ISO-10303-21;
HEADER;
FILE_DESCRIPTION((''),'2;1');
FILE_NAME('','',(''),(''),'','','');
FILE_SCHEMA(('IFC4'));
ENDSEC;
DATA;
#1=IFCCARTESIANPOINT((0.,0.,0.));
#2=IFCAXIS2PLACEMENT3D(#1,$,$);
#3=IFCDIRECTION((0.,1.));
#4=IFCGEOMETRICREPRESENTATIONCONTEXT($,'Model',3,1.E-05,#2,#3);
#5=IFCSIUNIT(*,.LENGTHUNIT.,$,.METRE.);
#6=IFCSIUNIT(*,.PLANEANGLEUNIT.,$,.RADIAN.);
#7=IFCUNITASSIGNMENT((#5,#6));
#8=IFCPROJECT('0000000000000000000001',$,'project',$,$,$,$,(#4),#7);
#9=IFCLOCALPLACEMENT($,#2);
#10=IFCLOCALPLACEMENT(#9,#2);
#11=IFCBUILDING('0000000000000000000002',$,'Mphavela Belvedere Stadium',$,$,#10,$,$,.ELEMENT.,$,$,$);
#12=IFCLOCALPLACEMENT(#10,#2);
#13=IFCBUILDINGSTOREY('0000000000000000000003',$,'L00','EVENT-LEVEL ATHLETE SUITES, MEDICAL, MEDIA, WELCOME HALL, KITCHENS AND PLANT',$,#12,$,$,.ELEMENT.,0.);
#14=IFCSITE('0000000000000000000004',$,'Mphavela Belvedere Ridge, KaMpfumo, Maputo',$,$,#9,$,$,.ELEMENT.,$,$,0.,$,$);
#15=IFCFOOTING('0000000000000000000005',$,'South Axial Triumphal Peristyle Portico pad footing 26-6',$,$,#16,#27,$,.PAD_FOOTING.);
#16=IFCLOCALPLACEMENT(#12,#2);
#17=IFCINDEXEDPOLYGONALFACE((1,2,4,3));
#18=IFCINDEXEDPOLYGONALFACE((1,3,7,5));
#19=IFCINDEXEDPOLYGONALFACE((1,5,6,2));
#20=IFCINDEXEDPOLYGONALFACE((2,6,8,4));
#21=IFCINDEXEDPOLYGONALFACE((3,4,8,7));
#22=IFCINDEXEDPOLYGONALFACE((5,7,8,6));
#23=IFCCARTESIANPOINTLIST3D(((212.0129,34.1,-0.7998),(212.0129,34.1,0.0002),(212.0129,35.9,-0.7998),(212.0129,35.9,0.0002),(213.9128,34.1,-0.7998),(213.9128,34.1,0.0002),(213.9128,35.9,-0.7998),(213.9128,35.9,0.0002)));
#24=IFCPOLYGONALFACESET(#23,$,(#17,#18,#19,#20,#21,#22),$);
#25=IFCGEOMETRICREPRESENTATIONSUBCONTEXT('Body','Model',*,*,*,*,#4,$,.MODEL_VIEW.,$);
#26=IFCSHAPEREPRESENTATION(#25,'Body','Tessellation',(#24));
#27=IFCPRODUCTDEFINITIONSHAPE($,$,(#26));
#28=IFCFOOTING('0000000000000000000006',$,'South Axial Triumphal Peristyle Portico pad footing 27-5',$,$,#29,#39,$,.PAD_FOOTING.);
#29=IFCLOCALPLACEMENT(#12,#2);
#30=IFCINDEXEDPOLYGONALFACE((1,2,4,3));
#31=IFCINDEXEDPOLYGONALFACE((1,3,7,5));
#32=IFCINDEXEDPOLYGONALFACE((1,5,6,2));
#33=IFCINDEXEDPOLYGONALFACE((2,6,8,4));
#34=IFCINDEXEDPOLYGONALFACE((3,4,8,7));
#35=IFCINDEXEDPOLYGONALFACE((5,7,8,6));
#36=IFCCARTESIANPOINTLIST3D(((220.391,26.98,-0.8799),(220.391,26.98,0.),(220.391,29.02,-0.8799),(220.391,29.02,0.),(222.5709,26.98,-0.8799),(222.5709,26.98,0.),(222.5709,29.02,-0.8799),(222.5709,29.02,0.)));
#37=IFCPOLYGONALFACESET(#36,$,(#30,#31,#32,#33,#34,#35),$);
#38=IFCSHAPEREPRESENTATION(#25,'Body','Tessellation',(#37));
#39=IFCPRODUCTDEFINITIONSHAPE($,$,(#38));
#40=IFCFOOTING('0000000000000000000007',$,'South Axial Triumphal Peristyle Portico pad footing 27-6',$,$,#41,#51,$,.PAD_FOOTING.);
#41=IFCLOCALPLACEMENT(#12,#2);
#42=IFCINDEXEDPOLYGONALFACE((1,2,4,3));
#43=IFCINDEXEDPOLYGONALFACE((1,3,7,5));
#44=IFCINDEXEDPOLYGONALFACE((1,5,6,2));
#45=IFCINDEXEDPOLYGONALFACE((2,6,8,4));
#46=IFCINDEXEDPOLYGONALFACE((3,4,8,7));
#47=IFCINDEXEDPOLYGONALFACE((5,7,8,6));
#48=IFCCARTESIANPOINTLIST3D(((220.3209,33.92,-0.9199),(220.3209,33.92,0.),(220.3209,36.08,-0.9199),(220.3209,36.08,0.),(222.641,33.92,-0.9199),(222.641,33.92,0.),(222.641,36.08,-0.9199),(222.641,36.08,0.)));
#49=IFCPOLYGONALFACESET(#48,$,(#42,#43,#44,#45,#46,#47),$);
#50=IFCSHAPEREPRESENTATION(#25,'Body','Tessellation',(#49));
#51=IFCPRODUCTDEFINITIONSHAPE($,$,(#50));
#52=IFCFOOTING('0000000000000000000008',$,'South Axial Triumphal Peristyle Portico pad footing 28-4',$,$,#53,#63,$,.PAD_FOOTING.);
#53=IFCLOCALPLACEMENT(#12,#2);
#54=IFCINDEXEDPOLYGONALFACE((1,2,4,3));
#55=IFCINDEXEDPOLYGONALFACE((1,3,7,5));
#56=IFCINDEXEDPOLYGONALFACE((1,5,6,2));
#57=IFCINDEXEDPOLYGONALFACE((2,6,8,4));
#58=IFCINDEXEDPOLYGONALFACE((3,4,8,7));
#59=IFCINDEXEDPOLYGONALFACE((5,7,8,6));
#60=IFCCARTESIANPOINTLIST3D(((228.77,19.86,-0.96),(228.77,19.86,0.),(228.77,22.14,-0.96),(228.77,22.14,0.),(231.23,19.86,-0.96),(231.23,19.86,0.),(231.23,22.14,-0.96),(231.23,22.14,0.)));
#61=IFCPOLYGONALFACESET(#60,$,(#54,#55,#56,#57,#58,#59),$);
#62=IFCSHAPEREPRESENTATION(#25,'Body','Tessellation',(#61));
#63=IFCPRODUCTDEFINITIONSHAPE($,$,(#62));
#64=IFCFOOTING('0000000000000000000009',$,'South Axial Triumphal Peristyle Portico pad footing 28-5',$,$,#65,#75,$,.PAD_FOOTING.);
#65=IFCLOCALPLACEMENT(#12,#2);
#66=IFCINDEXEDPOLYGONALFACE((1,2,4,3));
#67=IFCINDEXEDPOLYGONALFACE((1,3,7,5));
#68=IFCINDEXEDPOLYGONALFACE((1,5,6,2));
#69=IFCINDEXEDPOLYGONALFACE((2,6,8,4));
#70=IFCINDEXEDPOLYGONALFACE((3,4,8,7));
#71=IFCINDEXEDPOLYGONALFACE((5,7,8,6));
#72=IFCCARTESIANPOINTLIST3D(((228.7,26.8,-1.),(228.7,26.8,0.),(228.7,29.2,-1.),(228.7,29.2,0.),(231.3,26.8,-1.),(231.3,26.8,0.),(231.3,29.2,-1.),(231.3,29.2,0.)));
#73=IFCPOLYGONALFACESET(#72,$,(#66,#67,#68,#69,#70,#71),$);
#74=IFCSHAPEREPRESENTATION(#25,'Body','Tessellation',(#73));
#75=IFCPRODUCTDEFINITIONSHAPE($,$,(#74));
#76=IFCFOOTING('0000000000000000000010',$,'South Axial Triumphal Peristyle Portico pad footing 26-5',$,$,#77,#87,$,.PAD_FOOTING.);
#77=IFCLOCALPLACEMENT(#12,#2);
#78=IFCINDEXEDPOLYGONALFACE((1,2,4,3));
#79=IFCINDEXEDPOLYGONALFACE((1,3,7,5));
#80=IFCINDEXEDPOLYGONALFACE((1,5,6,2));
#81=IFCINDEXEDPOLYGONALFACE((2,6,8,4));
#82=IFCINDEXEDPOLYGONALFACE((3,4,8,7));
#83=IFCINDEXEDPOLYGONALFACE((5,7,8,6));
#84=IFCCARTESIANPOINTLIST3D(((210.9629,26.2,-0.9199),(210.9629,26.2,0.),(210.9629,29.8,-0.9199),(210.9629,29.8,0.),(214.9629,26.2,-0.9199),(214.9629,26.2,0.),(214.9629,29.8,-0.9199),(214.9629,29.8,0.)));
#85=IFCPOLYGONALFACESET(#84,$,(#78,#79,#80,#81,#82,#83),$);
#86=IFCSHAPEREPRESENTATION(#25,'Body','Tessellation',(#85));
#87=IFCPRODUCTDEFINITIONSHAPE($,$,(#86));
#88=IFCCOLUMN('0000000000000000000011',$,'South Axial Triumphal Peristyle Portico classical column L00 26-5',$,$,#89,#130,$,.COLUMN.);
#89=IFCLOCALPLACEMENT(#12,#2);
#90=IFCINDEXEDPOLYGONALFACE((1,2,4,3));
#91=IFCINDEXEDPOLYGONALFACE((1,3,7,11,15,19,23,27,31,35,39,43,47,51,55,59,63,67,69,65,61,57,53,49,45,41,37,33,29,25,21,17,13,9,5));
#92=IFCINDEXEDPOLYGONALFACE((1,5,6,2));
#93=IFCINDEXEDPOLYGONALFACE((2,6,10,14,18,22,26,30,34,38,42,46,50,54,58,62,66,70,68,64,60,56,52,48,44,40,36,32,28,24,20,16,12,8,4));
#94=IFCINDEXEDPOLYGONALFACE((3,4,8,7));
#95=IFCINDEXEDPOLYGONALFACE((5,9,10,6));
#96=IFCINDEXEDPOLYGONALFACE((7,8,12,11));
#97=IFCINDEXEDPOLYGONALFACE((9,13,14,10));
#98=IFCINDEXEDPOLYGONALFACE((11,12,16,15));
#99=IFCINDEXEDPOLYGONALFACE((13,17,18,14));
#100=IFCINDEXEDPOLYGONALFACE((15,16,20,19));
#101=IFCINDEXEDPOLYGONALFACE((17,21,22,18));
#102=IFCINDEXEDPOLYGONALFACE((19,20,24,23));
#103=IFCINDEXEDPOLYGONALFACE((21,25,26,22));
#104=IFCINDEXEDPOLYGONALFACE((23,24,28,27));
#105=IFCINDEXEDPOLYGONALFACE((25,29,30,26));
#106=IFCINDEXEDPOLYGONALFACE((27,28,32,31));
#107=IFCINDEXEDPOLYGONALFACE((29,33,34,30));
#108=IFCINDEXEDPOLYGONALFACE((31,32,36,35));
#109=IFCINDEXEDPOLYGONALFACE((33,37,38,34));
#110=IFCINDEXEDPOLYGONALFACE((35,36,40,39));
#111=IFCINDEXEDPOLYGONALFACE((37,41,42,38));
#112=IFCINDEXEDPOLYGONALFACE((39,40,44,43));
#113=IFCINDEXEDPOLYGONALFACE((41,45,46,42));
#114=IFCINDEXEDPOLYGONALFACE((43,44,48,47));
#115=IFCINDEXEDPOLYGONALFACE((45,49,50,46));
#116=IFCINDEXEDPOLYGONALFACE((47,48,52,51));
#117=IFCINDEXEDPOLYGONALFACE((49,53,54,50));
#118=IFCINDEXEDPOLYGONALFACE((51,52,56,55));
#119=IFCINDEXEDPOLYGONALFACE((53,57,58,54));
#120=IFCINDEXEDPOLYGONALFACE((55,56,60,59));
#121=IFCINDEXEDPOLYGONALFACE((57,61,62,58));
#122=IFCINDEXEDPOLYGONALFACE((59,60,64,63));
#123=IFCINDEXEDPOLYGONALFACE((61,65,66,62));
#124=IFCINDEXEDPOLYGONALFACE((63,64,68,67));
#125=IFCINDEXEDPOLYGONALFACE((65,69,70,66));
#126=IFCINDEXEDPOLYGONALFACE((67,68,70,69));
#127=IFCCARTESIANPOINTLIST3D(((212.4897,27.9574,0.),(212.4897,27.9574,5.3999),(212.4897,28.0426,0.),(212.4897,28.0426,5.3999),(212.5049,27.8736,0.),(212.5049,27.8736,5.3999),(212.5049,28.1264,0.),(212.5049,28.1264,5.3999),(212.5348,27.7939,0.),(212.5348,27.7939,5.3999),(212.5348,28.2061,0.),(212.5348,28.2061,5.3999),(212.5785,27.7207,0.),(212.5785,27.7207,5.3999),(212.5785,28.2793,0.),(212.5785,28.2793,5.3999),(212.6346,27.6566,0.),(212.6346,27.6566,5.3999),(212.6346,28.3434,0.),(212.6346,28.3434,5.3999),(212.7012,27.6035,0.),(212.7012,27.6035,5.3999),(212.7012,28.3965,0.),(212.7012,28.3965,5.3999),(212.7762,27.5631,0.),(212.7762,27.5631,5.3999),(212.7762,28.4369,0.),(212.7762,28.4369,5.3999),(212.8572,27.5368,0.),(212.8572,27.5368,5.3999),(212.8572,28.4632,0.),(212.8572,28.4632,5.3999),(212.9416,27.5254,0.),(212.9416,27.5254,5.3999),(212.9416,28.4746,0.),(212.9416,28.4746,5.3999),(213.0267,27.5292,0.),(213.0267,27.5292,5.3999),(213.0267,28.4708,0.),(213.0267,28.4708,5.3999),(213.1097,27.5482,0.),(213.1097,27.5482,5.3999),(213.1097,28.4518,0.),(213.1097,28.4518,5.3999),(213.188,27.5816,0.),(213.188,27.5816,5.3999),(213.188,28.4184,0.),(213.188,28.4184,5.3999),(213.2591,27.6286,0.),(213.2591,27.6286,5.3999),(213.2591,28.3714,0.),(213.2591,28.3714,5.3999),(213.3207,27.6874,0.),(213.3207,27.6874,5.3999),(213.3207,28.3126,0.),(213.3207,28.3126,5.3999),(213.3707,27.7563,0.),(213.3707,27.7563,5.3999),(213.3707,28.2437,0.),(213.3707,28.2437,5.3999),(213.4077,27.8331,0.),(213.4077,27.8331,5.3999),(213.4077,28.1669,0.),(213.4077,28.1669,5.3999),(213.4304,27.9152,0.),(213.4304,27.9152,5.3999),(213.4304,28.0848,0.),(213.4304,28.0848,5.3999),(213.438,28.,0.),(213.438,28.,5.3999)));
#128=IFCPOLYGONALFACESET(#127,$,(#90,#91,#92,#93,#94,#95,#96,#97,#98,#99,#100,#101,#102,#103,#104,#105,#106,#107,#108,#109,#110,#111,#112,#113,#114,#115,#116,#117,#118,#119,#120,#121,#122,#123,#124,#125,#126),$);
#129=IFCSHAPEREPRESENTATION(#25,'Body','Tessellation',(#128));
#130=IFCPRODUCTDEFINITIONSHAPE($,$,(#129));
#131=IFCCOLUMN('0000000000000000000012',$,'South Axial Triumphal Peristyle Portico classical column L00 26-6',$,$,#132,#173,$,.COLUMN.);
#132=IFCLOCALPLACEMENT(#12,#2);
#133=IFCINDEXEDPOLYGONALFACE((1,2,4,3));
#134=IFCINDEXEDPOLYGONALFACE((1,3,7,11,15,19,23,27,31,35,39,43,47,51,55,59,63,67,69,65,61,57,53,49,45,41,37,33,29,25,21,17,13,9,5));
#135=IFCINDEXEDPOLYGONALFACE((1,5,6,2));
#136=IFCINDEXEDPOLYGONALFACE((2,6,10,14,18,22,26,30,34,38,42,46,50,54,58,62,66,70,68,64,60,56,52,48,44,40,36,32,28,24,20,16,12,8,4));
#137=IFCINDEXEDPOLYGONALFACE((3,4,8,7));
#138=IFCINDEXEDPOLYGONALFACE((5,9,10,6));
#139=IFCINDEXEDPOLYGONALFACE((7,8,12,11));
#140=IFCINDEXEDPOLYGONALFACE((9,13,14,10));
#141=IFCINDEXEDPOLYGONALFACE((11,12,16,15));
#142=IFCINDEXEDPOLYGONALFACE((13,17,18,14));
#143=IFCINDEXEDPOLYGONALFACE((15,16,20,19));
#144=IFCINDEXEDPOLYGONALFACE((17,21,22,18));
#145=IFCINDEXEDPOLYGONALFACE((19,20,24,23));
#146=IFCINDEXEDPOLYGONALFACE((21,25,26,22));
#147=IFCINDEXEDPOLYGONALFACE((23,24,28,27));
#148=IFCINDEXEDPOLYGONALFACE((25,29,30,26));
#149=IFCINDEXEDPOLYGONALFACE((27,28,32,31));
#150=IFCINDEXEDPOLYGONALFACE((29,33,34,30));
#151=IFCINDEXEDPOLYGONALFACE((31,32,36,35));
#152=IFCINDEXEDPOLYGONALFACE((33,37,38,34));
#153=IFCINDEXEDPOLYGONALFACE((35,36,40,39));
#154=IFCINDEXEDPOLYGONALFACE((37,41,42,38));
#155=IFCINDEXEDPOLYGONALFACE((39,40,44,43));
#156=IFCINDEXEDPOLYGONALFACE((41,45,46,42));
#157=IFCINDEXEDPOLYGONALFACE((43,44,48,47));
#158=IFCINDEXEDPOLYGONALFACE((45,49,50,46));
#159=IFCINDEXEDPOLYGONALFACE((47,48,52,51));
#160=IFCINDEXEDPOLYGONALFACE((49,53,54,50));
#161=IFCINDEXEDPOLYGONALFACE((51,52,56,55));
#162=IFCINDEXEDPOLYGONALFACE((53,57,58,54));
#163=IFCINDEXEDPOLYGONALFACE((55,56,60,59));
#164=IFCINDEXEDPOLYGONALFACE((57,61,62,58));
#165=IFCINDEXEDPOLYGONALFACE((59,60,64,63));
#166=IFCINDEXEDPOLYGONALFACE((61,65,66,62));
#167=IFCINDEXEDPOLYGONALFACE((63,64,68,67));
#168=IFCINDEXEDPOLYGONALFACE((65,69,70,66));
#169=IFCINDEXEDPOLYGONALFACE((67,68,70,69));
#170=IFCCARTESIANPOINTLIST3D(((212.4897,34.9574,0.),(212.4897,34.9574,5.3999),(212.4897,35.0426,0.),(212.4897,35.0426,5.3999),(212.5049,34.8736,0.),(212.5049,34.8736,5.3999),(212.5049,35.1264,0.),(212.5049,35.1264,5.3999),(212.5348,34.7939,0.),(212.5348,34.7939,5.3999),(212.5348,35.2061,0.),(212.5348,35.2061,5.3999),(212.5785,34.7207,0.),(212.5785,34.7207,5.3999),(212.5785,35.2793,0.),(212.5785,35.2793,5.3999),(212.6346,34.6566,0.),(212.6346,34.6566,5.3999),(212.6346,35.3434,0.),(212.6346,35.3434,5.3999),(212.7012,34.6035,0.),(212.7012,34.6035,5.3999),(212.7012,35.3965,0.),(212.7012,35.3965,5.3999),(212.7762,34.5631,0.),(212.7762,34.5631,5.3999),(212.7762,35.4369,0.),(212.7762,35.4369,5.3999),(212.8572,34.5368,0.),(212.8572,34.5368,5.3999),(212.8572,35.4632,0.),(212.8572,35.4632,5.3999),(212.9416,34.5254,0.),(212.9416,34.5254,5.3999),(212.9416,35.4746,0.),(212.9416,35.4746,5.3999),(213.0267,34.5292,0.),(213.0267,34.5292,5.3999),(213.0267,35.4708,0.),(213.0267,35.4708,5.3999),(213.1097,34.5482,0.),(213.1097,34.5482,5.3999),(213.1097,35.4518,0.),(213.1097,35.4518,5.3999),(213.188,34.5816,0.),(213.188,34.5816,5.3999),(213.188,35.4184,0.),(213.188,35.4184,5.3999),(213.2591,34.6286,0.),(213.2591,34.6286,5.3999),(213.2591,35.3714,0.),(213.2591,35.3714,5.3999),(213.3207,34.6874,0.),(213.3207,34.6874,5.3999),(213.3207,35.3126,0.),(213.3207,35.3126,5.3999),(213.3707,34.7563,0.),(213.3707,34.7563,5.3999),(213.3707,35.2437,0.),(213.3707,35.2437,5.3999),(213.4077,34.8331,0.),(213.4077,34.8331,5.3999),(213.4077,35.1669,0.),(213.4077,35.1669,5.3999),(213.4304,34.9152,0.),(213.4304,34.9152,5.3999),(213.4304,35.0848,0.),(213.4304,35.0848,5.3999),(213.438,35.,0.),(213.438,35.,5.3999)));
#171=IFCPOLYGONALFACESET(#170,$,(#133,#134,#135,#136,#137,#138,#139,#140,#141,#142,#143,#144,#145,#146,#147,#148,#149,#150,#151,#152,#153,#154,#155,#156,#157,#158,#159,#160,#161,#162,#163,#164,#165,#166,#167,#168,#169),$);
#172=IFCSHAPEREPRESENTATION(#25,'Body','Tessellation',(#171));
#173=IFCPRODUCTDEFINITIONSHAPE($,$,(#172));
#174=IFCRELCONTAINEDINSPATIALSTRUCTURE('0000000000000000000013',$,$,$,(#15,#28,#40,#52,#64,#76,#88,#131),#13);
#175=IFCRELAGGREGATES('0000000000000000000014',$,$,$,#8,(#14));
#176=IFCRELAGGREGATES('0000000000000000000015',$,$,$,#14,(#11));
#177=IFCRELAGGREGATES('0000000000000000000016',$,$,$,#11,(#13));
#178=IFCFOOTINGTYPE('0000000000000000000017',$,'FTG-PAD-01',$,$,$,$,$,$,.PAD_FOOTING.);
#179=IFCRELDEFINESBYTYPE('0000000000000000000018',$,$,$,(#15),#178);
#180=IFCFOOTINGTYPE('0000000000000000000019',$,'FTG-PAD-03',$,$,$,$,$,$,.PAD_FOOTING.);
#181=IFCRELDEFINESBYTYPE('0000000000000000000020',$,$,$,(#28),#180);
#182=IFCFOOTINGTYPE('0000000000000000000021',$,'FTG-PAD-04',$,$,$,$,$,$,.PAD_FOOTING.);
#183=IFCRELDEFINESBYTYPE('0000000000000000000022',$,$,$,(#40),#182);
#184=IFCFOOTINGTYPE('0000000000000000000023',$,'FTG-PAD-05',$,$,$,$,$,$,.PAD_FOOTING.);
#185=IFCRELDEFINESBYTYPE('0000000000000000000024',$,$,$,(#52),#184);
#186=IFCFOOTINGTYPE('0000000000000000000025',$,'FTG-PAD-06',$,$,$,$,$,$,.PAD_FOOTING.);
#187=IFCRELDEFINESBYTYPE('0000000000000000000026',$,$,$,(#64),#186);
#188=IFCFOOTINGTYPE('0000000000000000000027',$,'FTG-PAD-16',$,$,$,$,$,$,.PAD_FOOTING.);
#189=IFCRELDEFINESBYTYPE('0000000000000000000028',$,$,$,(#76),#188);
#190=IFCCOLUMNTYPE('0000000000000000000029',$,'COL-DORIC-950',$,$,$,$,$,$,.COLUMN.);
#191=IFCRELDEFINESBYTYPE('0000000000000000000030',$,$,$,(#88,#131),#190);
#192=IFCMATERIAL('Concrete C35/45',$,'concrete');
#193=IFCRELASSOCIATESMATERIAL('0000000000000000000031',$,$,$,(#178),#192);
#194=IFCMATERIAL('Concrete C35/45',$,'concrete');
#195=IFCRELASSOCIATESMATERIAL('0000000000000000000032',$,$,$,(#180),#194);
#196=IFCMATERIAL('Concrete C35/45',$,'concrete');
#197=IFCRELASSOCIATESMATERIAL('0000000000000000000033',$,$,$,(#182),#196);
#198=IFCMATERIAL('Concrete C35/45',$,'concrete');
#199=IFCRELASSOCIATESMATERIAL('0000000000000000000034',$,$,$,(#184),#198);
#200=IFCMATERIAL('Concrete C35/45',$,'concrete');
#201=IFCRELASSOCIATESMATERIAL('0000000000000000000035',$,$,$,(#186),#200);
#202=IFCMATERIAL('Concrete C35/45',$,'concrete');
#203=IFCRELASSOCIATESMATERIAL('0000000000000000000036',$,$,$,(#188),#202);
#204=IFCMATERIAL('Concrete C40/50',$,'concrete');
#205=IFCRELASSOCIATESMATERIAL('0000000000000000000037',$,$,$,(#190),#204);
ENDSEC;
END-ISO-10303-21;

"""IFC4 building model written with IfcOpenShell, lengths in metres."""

from ifc_helpers import new_model, si_unit, direction, frame, origin, origin_2d, place, context, subcontext, project, spatial, rectangle, circle, extrude, material, material_profile, profile_set, type_object, element, save


model = new_model("IFC4")

# Units and contexts
model_context = context("Model", 3, precision=1e-05, world=origin(), true_north=direction((0.0, 1.0)))
body_context = subcontext(model_context, "Body", "Model", "MODEL_VIEW")
ifc_project = project(units=[si_unit("LENGTHUNIT", "METRE"), si_unit("PLANEANGLEUNIT", "RADIAN")], contexts=[model_context])

# Site, building, storey
site_placement = place(None, origin())
site = spatial("IfcSite", under=ifc_project, at=site_placement, Name="Mphavela Belvedere Ridge, KaMpfumo, Maputo", CompositionType="ELEMENT", RefElevation=0.0)
building_placement = place(site_placement, origin())
building = spatial("IfcBuilding", under=site, at=building_placement, Name="Mphavela Belvedere Stadium", CompositionType="ELEMENT")
storey_placement = place(building_placement, origin())
storey = spatial("IfcBuildingStorey", under=building, at=storey_placement, Name="L00", Description="EVENT-LEVEL ATHLETE SUITES, MEDICAL, MEDIA, WELCOME HALL, KITCHENS AND PLANT", CompositionType="ELEMENT", Elevation=0.0)

# Footings
ifc_material_1 = material(Name="Concrete C35/45", Category="concrete")
footing_type_1 = type_object("IfcFootingType", Name="FTG-PAD-01", PredefinedType="PAD_FOOTING", material=ifc_material_1)
footing_1_placement = place(storey_placement, frame((212.9629, 35.0, -0.7998), z_axis=(0.0, 0.0, 1.0), x_axis=(1.0, 0.0, 0.0)))
element("IfcFooting", 1, at=footing_1_placement, inside=storey, type_object=footing_type_1, Name="South Axial Triumphal Peristyle Portico pad footing 26-6", PredefinedType="PAD_FOOTING", context=body_context, shape_type="SweptSolid", body=[
    extrude(rectangle(XDim=1.8999, YDim=1.8, at=origin_2d()), origin(), (0.0, 0.0, 1.0), 0.8),
])
ifc_material_2 = material(Name="Concrete C35/45", Category="concrete")
footing_type_2 = type_object("IfcFootingType", Name="FTG-PAD-03", PredefinedType="PAD_FOOTING", material=ifc_material_2)
footing_2_placement = place(storey_placement, frame((221.481, 28.0, -0.8799), z_axis=(0.0, 0.0, 1.0), x_axis=(1.0, 0.0, 0.0)))
element("IfcFooting", 2, at=footing_2_placement, inside=storey, type_object=footing_type_2, Name="South Axial Triumphal Peristyle Portico pad footing 27-5", PredefinedType="PAD_FOOTING", context=body_context, shape_type="SweptSolid", body=[
    extrude(rectangle(XDim=2.1799, YDim=2.04, at=origin_2d()), origin(), (0.0, 0.0, 1.0), 0.8799),
])
ifc_material_3 = material(Name="Concrete C35/45", Category="concrete")
footing_type_3 = type_object("IfcFootingType", Name="FTG-PAD-04", PredefinedType="PAD_FOOTING", material=ifc_material_3)
footing_3_placement = place(storey_placement, frame((221.481, 35.0, -0.9199), z_axis=(0.0, 0.0, 1.0), x_axis=(1.0, 0.0, 0.0)))
element("IfcFooting", 3, at=footing_3_placement, inside=storey, type_object=footing_type_3, Name="South Axial Triumphal Peristyle Portico pad footing 27-6", PredefinedType="PAD_FOOTING", context=body_context, shape_type="SweptSolid", body=[
    extrude(rectangle(XDim=2.3201, YDim=2.1599, at=origin_2d()), origin(), (0.0, 0.0, 1.0), 0.9199),
])
ifc_material_4 = material(Name="Concrete C35/45", Category="concrete")
footing_type_4 = type_object("IfcFootingType", Name="FTG-PAD-05", PredefinedType="PAD_FOOTING", material=ifc_material_4)
footing_4_placement = place(storey_placement, frame((230.0, 21.0, -0.96), z_axis=(0.0, 0.0, 1.0), x_axis=(1.0, 0.0, 0.0)))
element("IfcFooting", 4, at=footing_4_placement, inside=storey, type_object=footing_type_4, Name="South Axial Triumphal Peristyle Portico pad footing 28-4", PredefinedType="PAD_FOOTING", context=body_context, shape_type="SweptSolid", body=[
    extrude(rectangle(XDim=2.46, YDim=2.28, at=origin_2d()), origin(), (0.0, 0.0, 1.0), 0.96),
])
ifc_material_5 = material(Name="Concrete C35/45", Category="concrete")
footing_type_5 = type_object("IfcFootingType", Name="FTG-PAD-06", PredefinedType="PAD_FOOTING", material=ifc_material_5)
footing_5_placement = place(storey_placement, frame((230.0, 28.0, -1.0), z_axis=(0.0, 0.0, 1.0), x_axis=(1.0, 0.0, 0.0)))
element("IfcFooting", 5, at=footing_5_placement, inside=storey, type_object=footing_type_5, Name="South Axial Triumphal Peristyle Portico pad footing 28-5", PredefinedType="PAD_FOOTING", context=body_context, shape_type="SweptSolid", body=[
    extrude(rectangle(XDim=2.6001, YDim=2.3999, at=origin_2d()), origin(), (0.0, 0.0, 1.0), 1.0),
])
ifc_material_6 = material(Name="Concrete C35/45", Category="concrete")
footing_type_6 = type_object("IfcFootingType", Name="FTG-PAD-16", PredefinedType="PAD_FOOTING", material=ifc_material_6)
footing_6_placement = place(storey_placement, frame((212.9629, 28.0, -0.9199), z_axis=(0.0, 0.0, 1.0), x_axis=(1.0, 0.0, 0.0)))
element("IfcFooting", 6, at=footing_6_placement, inside=storey, type_object=footing_type_6, Name="South Axial Triumphal Peristyle Portico pad footing 26-5", PredefinedType="PAD_FOOTING", context=body_context, shape_type="SweptSolid", body=[
    extrude(rectangle(XDim=4.0, YDim=3.6001, at=origin_2d()), origin(), (0.0, 0.0, 1.0), 0.9199),
])

# Columns
ifc_material_7 = material(Name="Concrete C40/50", Category="concrete")
ifc_material_profile_1 = material_profile(ifc_material_7, circle(Radius=0.4751, at=origin_2d()), Name="COL D950")
ifc_profile_set_1 = profile_set([ifc_material_profile_1], Name="Concrete C40/50")
column_type = type_object("IfcColumnType", Name="COL-DORIC-950", PredefinedType="COLUMN", material=ifc_profile_set_1)
for number, where, z_axis, x_axis, name in (
    (7, (212.9629, 28.0, 0.0), (0.0, 0.0, 1.0), (1.0, 0.0, 0.0), "South Axial Triumphal Peristyle Portico classical column L00 26-5"),
    (8, (212.9629, 35.0, 0.0), (0.0, 0.0, 1.0), (1.0, 0.0, 0.0), "South Axial Triumphal Peristyle Portico classical column L00 26-6"),
):
    element("IfcColumn", number, at=place(storey_placement, frame(where, z_axis=z_axis, x_axis=x_axis)), inside=storey, type_object=column_type, Name=name, PredefinedType="COLUMN", context=body_context, shape_type="SweptSolid", body=[
        extrude(circle(Radius=0.4751, at=origin_2d()), origin(), (0.0, 0.0, 1.0), 5.3999),
    ])

save(model, "model.ifc")
